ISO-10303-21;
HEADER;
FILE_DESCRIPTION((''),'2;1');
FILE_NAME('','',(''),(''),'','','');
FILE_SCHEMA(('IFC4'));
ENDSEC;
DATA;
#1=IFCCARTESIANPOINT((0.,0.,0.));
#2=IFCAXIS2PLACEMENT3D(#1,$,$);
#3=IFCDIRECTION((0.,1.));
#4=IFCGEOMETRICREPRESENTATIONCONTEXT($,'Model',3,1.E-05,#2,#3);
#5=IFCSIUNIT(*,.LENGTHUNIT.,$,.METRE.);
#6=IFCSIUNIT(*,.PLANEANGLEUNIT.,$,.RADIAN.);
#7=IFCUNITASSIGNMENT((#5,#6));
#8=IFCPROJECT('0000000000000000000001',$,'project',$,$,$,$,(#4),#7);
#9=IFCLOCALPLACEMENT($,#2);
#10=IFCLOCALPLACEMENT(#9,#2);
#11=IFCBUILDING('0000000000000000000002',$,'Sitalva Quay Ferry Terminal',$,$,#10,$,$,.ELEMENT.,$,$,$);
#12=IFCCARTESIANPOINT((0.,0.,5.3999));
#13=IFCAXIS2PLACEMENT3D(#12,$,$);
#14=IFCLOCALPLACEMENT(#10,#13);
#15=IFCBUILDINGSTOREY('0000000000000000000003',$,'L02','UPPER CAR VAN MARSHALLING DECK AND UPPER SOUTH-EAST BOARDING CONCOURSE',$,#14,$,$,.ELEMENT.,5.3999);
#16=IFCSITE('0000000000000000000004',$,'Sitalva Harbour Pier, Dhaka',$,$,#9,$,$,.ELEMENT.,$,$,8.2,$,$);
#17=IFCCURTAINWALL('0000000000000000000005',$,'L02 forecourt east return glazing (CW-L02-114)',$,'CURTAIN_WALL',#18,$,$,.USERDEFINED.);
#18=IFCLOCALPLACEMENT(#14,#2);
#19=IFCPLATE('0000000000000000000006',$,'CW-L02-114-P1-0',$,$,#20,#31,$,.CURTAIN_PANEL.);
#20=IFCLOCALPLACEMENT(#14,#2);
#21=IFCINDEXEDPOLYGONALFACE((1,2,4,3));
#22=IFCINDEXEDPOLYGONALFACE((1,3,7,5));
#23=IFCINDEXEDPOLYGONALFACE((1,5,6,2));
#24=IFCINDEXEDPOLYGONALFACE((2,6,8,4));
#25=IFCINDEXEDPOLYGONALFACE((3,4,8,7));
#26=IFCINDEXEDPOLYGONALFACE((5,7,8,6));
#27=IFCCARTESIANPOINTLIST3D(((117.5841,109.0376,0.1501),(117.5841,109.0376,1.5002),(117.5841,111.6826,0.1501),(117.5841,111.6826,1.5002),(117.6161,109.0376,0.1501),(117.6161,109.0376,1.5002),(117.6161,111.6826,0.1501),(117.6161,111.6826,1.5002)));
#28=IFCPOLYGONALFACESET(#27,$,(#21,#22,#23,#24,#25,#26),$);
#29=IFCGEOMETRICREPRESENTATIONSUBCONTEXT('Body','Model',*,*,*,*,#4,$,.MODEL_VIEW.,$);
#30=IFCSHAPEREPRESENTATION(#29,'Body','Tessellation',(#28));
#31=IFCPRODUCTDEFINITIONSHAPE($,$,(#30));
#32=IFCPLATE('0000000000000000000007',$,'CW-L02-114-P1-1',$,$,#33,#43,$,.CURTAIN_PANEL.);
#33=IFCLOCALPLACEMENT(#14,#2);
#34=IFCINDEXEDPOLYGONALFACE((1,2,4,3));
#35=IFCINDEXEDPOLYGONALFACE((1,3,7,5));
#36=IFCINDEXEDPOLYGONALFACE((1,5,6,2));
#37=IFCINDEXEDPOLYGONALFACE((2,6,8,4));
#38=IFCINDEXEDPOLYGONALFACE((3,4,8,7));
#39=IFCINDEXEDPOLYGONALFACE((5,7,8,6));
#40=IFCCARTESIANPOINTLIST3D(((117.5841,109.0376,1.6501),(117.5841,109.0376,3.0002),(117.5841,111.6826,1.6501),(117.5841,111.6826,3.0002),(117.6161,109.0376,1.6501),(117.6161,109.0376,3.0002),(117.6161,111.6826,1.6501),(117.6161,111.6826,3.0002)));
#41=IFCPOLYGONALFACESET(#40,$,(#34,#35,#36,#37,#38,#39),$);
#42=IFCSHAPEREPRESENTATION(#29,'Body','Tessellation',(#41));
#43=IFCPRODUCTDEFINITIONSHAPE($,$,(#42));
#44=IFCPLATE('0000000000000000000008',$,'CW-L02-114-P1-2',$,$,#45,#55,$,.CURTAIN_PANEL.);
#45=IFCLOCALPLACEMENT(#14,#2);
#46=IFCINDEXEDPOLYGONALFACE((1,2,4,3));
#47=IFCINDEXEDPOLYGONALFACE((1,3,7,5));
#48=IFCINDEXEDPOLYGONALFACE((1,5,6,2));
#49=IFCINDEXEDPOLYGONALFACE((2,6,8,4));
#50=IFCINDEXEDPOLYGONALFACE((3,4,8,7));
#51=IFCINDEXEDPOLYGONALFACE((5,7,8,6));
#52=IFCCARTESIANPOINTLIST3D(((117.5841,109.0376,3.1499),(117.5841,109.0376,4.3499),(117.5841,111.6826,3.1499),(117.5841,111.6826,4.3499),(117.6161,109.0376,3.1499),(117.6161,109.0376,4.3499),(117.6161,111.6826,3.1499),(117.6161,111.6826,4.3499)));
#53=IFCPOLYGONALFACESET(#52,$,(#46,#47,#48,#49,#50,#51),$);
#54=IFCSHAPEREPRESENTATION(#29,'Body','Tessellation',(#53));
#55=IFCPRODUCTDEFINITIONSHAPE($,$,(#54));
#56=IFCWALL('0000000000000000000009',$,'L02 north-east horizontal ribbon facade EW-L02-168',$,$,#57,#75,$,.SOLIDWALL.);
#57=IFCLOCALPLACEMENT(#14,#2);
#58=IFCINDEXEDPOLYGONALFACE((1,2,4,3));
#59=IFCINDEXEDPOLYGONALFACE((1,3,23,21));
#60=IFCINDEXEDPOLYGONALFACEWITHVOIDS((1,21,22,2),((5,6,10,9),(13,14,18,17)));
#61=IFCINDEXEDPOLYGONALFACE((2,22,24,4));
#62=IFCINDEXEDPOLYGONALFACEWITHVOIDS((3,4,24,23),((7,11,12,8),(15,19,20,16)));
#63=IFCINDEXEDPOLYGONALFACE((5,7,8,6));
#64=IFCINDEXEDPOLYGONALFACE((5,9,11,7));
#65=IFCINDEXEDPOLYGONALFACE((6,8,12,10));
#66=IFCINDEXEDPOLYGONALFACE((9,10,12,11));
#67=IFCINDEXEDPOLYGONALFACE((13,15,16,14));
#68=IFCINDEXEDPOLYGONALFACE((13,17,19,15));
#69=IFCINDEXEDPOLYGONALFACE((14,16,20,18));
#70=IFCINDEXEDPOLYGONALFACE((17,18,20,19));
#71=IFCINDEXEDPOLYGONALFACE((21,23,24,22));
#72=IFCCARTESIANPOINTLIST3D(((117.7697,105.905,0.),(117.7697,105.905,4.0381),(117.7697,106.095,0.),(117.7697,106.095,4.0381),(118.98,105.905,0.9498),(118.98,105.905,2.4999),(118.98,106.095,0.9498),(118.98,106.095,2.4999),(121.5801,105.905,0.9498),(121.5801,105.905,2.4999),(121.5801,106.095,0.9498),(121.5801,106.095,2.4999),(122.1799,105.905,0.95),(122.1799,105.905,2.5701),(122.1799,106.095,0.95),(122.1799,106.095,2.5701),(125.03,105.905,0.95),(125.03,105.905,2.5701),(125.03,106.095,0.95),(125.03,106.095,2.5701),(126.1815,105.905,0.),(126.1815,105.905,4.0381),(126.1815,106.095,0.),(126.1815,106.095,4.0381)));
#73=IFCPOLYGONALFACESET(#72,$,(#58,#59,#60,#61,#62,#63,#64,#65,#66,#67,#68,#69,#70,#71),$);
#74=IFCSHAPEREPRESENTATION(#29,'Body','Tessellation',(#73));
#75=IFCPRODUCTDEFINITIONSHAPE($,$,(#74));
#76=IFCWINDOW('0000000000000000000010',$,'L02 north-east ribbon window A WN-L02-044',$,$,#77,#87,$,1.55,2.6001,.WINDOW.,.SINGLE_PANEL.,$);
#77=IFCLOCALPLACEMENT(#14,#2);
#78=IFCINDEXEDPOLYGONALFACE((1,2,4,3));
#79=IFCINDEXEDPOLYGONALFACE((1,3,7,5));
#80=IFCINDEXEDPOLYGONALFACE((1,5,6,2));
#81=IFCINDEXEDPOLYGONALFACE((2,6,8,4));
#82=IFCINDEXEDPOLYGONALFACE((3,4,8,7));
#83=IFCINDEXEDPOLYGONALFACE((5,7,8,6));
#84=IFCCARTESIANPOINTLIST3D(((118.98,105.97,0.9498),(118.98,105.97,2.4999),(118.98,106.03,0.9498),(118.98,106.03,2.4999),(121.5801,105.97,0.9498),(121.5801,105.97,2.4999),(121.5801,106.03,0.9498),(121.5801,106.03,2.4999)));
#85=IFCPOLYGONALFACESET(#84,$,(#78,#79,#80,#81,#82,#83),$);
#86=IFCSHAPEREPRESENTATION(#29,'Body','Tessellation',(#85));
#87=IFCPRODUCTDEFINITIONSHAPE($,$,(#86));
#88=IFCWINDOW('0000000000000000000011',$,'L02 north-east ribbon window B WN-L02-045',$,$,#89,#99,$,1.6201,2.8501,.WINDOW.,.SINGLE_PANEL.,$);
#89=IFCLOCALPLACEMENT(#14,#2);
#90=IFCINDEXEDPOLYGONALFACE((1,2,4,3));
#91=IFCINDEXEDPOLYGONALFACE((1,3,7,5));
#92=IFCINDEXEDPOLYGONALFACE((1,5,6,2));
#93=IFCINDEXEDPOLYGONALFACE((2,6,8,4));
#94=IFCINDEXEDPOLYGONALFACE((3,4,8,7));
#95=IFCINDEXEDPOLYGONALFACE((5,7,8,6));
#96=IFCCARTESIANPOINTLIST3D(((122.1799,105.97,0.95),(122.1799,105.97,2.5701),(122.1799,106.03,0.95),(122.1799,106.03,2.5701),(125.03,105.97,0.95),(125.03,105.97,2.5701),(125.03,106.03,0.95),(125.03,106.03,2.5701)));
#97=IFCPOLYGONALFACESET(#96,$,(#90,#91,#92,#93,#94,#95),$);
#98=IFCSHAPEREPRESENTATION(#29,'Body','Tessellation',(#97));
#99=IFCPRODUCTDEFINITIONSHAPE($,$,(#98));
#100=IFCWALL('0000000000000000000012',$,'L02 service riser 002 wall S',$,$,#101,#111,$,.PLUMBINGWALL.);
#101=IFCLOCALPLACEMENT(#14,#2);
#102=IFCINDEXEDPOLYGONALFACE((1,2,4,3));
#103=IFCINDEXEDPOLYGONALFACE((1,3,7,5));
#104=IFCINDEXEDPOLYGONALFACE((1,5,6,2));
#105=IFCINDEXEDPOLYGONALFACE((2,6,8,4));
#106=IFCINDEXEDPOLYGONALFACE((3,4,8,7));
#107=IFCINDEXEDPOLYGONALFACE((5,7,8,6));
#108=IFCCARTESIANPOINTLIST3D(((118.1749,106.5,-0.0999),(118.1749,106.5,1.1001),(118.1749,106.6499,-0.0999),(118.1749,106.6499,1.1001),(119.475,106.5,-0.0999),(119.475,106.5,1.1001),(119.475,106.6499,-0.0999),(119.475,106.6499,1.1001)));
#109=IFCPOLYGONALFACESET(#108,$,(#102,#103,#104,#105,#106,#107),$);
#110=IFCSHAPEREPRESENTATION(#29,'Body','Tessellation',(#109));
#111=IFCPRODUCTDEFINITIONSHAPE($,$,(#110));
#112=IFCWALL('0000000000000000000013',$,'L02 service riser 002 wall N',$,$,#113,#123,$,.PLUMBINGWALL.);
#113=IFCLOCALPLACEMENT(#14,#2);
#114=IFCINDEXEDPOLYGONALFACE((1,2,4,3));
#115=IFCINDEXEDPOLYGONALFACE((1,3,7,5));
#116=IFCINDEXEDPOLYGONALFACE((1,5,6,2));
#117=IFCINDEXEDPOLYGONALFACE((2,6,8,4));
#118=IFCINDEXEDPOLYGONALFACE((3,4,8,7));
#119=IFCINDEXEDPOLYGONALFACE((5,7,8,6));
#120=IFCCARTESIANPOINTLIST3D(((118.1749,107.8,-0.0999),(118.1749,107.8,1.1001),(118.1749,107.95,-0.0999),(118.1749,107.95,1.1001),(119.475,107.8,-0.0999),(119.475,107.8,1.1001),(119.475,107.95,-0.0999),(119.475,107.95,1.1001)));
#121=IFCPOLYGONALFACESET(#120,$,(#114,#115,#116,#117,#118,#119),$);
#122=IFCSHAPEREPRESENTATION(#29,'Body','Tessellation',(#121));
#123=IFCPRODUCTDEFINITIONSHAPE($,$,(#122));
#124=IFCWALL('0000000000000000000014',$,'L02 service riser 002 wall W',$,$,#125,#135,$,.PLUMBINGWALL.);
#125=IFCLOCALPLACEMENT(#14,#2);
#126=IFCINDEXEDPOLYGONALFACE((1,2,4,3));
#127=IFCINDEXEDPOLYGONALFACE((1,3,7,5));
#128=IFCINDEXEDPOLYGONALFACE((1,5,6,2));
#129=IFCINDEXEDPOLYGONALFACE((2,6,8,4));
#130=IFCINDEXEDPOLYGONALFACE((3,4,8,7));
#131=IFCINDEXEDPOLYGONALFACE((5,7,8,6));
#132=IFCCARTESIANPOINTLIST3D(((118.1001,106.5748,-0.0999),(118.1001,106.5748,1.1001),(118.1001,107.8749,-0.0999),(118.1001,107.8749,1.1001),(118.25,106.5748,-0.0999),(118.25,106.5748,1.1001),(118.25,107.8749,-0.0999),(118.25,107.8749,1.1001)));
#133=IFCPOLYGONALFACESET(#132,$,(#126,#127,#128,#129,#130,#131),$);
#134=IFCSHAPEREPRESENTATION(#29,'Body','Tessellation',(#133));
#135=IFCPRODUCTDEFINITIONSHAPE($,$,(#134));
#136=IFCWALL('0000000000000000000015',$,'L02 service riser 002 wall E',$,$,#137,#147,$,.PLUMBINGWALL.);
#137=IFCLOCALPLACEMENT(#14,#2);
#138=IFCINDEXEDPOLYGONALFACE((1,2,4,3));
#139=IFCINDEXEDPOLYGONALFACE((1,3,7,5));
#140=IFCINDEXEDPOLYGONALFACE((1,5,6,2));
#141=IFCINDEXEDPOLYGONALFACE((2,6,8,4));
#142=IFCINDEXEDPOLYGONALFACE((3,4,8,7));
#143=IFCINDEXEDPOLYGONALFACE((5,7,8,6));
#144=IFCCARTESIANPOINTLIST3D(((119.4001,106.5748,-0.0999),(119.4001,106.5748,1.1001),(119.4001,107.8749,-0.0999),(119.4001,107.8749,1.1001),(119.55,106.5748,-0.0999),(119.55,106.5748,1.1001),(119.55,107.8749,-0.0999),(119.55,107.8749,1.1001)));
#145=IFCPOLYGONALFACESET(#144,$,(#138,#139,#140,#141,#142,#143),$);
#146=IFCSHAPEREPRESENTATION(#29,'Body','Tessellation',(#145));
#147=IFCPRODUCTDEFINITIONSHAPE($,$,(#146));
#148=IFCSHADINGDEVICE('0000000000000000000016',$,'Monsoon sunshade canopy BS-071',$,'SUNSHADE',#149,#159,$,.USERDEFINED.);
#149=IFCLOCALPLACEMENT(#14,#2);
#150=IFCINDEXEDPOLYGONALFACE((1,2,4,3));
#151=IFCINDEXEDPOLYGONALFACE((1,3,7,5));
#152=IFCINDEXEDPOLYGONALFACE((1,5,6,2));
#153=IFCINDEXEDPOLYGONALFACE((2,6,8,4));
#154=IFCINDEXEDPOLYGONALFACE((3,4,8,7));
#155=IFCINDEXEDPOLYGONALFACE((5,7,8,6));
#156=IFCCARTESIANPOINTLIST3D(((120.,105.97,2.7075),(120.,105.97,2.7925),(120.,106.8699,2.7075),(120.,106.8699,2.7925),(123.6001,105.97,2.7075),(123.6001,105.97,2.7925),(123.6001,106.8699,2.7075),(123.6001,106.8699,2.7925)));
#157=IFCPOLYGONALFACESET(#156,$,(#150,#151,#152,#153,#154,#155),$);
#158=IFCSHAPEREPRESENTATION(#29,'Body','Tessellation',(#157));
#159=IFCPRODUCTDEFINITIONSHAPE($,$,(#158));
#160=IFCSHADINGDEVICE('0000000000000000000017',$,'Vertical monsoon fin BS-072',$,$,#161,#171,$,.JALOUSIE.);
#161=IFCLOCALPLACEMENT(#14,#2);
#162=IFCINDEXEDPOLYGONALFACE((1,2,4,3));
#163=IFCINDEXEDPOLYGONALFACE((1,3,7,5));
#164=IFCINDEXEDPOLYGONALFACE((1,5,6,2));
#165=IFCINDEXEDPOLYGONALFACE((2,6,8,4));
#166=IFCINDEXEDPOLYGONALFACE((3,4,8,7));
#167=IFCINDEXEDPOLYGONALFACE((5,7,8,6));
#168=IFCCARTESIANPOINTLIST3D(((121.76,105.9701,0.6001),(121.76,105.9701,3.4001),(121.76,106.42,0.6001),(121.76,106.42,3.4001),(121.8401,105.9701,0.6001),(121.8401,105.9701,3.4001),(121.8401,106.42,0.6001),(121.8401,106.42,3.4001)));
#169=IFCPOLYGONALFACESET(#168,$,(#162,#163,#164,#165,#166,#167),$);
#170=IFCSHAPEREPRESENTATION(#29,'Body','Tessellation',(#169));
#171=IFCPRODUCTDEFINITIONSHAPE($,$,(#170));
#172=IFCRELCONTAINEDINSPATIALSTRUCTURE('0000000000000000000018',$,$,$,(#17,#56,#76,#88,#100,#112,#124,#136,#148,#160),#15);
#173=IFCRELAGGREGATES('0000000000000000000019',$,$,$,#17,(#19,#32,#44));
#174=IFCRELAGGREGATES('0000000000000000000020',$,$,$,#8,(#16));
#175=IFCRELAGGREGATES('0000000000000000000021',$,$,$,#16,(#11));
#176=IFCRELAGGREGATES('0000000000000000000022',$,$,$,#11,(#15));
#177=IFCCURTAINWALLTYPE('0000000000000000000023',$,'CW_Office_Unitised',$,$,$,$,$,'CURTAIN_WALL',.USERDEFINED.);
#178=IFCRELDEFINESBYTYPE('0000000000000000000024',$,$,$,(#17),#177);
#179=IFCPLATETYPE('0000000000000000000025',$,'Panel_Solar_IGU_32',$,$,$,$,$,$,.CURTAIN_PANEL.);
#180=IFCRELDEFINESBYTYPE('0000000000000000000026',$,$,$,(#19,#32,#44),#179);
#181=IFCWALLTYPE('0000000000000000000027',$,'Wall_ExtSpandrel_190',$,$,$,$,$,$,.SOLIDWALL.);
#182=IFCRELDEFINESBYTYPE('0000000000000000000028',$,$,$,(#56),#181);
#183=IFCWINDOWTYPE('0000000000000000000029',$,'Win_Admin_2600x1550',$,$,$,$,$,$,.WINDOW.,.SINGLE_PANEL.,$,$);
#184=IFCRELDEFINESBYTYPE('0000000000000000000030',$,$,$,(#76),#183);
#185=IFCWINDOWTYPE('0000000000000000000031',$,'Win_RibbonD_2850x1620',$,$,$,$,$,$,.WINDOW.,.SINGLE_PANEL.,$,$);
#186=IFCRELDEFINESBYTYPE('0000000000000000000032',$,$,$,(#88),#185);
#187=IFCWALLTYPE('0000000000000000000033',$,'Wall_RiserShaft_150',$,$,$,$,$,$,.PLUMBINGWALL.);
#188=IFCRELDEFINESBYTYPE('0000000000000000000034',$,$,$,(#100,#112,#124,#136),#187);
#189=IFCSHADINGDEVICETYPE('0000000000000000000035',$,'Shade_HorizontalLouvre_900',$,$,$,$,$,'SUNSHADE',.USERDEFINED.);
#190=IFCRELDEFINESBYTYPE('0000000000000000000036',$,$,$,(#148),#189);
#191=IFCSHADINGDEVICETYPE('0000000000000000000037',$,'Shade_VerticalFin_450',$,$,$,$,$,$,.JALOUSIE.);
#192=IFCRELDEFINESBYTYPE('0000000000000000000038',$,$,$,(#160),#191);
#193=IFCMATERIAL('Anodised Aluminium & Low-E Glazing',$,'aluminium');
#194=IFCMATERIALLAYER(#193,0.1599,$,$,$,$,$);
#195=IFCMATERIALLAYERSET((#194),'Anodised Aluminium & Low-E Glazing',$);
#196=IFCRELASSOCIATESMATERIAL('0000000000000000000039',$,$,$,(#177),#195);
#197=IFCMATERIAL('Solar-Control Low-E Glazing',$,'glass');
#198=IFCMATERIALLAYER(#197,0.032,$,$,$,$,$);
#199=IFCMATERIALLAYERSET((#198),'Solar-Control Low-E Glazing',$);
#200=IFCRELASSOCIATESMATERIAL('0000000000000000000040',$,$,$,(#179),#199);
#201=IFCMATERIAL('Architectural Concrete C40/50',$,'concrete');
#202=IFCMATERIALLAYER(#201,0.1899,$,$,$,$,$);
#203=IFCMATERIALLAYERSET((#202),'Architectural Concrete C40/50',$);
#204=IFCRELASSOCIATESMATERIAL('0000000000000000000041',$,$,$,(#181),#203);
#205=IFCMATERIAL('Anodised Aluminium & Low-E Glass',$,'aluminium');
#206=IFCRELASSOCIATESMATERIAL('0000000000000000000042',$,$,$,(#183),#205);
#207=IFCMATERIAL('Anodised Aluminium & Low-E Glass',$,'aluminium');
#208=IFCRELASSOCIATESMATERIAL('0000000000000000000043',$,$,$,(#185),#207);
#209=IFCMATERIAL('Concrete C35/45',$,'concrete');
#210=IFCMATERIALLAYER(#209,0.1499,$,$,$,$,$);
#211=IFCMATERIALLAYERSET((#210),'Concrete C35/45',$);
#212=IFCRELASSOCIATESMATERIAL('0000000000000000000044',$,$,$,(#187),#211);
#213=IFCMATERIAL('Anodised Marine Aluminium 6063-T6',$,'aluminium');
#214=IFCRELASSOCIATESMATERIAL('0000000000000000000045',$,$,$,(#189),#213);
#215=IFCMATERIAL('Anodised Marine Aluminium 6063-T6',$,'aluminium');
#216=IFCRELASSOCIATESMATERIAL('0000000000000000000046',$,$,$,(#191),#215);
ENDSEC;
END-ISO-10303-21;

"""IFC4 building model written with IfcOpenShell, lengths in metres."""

from ifc_helpers import new_model, si_unit, direction, frame, frame_2d, origin, origin_2d, place, context, subcontext, project, spatial, rectangle, extrude, material, layer, layer_set, type_object, element, fill, aggregate, save


model = new_model("IFC4")

# Units and contexts
model_context = context("Model", 3, precision=1e-05, world=origin(), true_north=direction((0.0, 1.0)))
body_context = subcontext(model_context, "Body", "Model", "MODEL_VIEW")
ifc_project = project(units=[si_unit("LENGTHUNIT", "METRE"), si_unit("PLANEANGLEUNIT", "RADIAN")], contexts=[model_context])

# Site, building, storey
site_placement = place(None, origin())
site = spatial("IfcSite", under=ifc_project, at=site_placement, Name="Sitalva Harbour Pier, Dhaka", CompositionType="ELEMENT", RefElevation=8.2)
building_placement = place(site_placement, origin())
building = spatial("IfcBuilding", under=site, at=building_placement, Name="Sitalva Quay Ferry Terminal", CompositionType="ELEMENT")
storey_placement = place(building_placement, frame((0.0, 0.0, 5.3999)))
storey = spatial("IfcBuildingStorey", under=building, at=storey_placement, Name="L02", Description="UPPER CAR VAN MARSHALLING DECK AND UPPER SOUTH-EAST BOARDING CONCOURSE", CompositionType="ELEMENT", Elevation=5.3999)

# Curtain wall, plates
ifc_material_1 = material(Name="Anodised Aluminium & Low-E Glazing", Category="aluminium")
ifc_layer_1 = layer(ifc_material_1, 0.1599)
ifc_layer_set_1 = layer_set([ifc_layer_1], Name="Anodised Aluminium & Low-E Glazing")
curtain_wall_type = type_object("IfcCurtainWallType", Name="CW_Office_Unitised", ElementType="CURTAIN_WALL", PredefinedType="USERDEFINED", material=ifc_layer_set_1)
curtain_wall_placement = place(storey_placement, origin())
curtain_wall = element("IfcCurtainWall", 1, at=curtain_wall_placement, inside=storey, type_object=curtain_wall_type, Name="L02 forecourt east return glazing (CW-L02-114)", ObjectType="CURTAIN_WALL", PredefinedType="USERDEFINED")
ifc_material_2 = material(Name="Solar-Control Low-E Glazing", Category="glass")
ifc_layer_2 = layer(ifc_material_2, 0.032)
ifc_layer_set_2 = layer_set([ifc_layer_2], Name="Solar-Control Low-E Glazing")
plate_type = type_object("IfcPlateType", Name="Panel_Solar_IGU_32", PredefinedType="CURTAIN_PANEL", material=ifc_layer_set_2)
plate_1_placement = place(storey_placement, frame((117.6001, 110.3601, 0.1501), z_axis=(0.0, 0.0, 1.0), x_axis=(0.0, 1.0, 0.0)))
plate_1 = element("IfcPlate", 2, at=plate_1_placement, type_object=plate_type, Name="CW-L02-114-P1-0", PredefinedType="CURTAIN_PANEL", context=body_context, shape_type="SweptSolid", body=[
    extrude(rectangle(XDim=2.645, YDim=0.032, at=origin_2d()), origin(), (0.0, 0.0, 1.0), 1.3501),
])
plate_2_placement = place(storey_placement, frame((117.6001, 110.3601, 1.6501), z_axis=(0.0, 0.0, 1.0), x_axis=(0.0, 1.0, 0.0)))
plate_2 = element("IfcPlate", 3, at=plate_2_placement, type_object=plate_type, Name="CW-L02-114-P1-1", PredefinedType="CURTAIN_PANEL", context=body_context, shape_type="SweptSolid", body=[
    extrude(rectangle(XDim=2.645, YDim=0.032, at=origin_2d()), origin(), (0.0, 0.0, 1.0), 1.3501),
])
plate_3_placement = place(storey_placement, frame((117.6001, 110.3601, 3.1499), z_axis=(0.0, 0.0, 1.0), x_axis=(0.0, 1.0, 0.0)))
plate_3 = element("IfcPlate", 4, at=plate_3_placement, type_object=plate_type, Name="CW-L02-114-P1-2", PredefinedType="CURTAIN_PANEL", context=body_context, shape_type="SweptSolid", body=[
    extrude(rectangle(XDim=2.645, YDim=0.032, at=origin_2d()), origin(), (0.0, 0.0, 1.0), 1.2),
])
aggregate(curtain_wall, [plate_1, plate_2, plate_3])

# Wall, openings, windows
ifc_material_3 = material(Name="Architectural Concrete C40/50", Category="concrete")
ifc_layer_3 = layer(ifc_material_3, 0.1899)
ifc_layer_set_3 = layer_set([ifc_layer_3], Name="Architectural Concrete C40/50")
wall_type_1 = type_object("IfcWallType", Name="Wall_ExtSpandrel_190", PredefinedType="SOLIDWALL", material=ifc_layer_set_3)
wall_placement = place(storey_placement, frame((117.7695, 106.0, 0.0), z_axis=(0.0, 0.0, 1.0), x_axis=(1.0, 0.0, 0.0)))
wall = element("IfcWall", 5, at=wall_placement, inside=storey, type_object=wall_type_1, Name="L02 north-east horizontal ribbon facade EW-L02-168", PredefinedType="SOLIDWALL", context=body_context, shape_type="SweptSolid", body=[
    extrude(rectangle(XDim=8.4119, YDim=0.1899, at=frame_2d((4.2061, 0.0))), origin(), (0.0, 0.0, 1.0), 4.0381),
])
opening_1_placement = place(wall_placement, frame((1.2104, 0.0, 0.95)))
opening_1 = element("IfcOpeningElement", 6, at=opening_1_placement, cuts=wall, PredefinedType="OPENING", context=body_context, shape_type="SweptSolid", body=[
    extrude(rectangle(XDim=2.6001, YDim=1.55, at=frame_2d((1.3, 0.7749))), frame((0.0, 0.105, 0.0), z_axis=(0.0, -1.0, 0.0), x_axis=(1.0, 0.0, 0.0)), (0.0, 0.0, 1.0), 0.21),
])
opening_2_placement = place(wall_placement, frame((4.4104, 0.0, 0.95)))
opening_2 = element("IfcOpeningElement", 7, at=opening_2_placement, cuts=wall, PredefinedType="OPENING", context=body_context, shape_type="SweptSolid", body=[
    extrude(rectangle(XDim=2.8501, YDim=1.6201, at=frame_2d((1.425, 0.8101))), frame((0.0, 0.105, 0.0), z_axis=(0.0, -1.0, 0.0), x_axis=(1.0, 0.0, 0.0)), (0.0, 0.0, 1.0), 0.21),
])
ifc_material_4 = material(Name="Anodised Aluminium & Low-E Glass", Category="aluminium")
window_type_1 = type_object("IfcWindowType", Name="Win_Admin_2600x1550", PartitioningType="SINGLE_PANEL", PredefinedType="WINDOW", material=ifc_material_4)
window_1_placement = place(opening_1_placement, origin())
window_1 = element("IfcWindow", 8, at=window_1_placement, inside=storey, type_object=window_type_1, Name="L02 north-east ribbon window A WN-L02-044", OverallHeight=1.55, OverallWidth=2.6001, PartitioningType="SINGLE_PANEL", PredefinedType="WINDOW", context=body_context, shape_type="SweptSolid", body=[
    extrude(rectangle(XDim=2.6001, YDim=1.55, at=frame_2d((1.3, 0.7749))), frame((0.0, 0.03, 0.0), z_axis=(0.0, -1.0, 0.0), x_axis=(1.0, 0.0, 0.0)), (0.0, 0.0, 1.0), 0.0601),
])
fill(opening_1, window_1)
ifc_material_5 = material(Name="Anodised Aluminium & Low-E Glass", Category="aluminium")
window_type_2 = type_object("IfcWindowType", Name="Win_RibbonD_2850x1620", PartitioningType="SINGLE_PANEL", PredefinedType="WINDOW", material=ifc_material_5)
window_2_placement = place(opening_2_placement, origin())
window_2 = element("IfcWindow", 9, at=window_2_placement, inside=storey, type_object=window_type_2, Name="L02 north-east ribbon window B WN-L02-045", OverallHeight=1.6201, OverallWidth=2.8501, PartitioningType="SINGLE_PANEL", PredefinedType="WINDOW", context=body_context, shape_type="SweptSolid", body=[
    extrude(rectangle(XDim=2.8501, YDim=1.6201, at=frame_2d((1.425, 0.8101))), frame((0.0, 0.03, 0.0), z_axis=(0.0, -1.0, 0.0), x_axis=(1.0, 0.0, 0.0)), (0.0, 0.0, 1.0), 0.0601),
])
fill(opening_2, window_2)

# Walls
ifc_material_6 = material(Name="Concrete C35/45", Category="concrete")
ifc_layer_4 = layer(ifc_material_6, 0.1499)
ifc_layer_set_4 = layer_set([ifc_layer_4], Name="Concrete C35/45")
wall_type_2 = type_object("IfcWallType", Name="Wall_RiserShaft_150", PredefinedType="PLUMBINGWALL", material=ifc_layer_set_4)
for number, where, z_axis, x_axis, name in (
    (10, (118.175, 106.575, -0.0999), (0.0, 0.0, 1.0), (1.0, 0.0, 0.0), "L02 service riser 002 wall S"),
    (11, (118.175, 107.875, -0.0999), (0.0, 0.0, 1.0), (1.0, 0.0, 0.0), "L02 service riser 002 wall N"),
    (12, (118.175, 106.575, -0.0999), (0.0, 0.0, 1.0), (0.0, 1.0, 0.0), "L02 service riser 002 wall W"),
    (13, (119.4751, 106.575, -0.0999), (0.0, 0.0, 1.0), (0.0, 1.0, 0.0), "L02 service riser 002 wall E"),
):
    element("IfcWall", number, at=place(storey_placement, frame(where, z_axis=z_axis, x_axis=x_axis)), inside=storey, type_object=wall_type_2, Name=name, PredefinedType="PLUMBINGWALL", context=body_context, shape_type="SweptSolid", body=[
        extrude(rectangle(XDim=1.3, YDim=0.1499, at=frame_2d((0.6499, 0.0))), origin(), (0.0, 0.0, 1.0), 1.2),
    ])

# Shading devices
ifc_material_7 = material(Name="Anodised Marine Aluminium 6063-T6", Category="aluminium")
shading_device_type_1 = type_object("IfcShadingDeviceType", Name="Shade_HorizontalLouvre_900", ElementType="SUNSHADE", PredefinedType="USERDEFINED", material=ifc_material_7)
shading_device_1_placement = place(storey_placement, frame((121.8, 106.4199, 2.7075), z_axis=(0.0, 0.0, 1.0), x_axis=(1.0, 0.0, 0.0)))
element("IfcShadingDevice", 14, at=shading_device_1_placement, inside=storey, type_object=shading_device_type_1, Name="Monsoon sunshade canopy BS-071", ObjectType="SUNSHADE", PredefinedType="USERDEFINED", context=body_context, shape_type="SweptSolid", body=[
    extrude(rectangle(XDim=3.6001, YDim=0.8999, at=origin_2d()), origin(), (0.0, 0.0, 1.0), 0.085),
])
ifc_material_8 = material(Name="Anodised Marine Aluminium 6063-T6", Category="aluminium")
shading_device_type_2 = type_object("IfcShadingDeviceType", Name="Shade_VerticalFin_450", PredefinedType="JALOUSIE", material=ifc_material_8)
shading_device_2_placement = place(storey_placement, frame((121.8, 106.1951, 0.6001), z_axis=(0.0, 0.0, 1.0), x_axis=(1.0, 0.0, 0.0)))
element("IfcShadingDevice", 15, at=shading_device_2_placement, inside=storey, type_object=shading_device_type_2, Name="Vertical monsoon fin BS-072", PredefinedType="JALOUSIE", context=body_context, shape_type="SweptSolid", body=[
    extrude(rectangle(XDim=0.0801, YDim=0.45, at=origin_2d()), origin(), (0.0, 0.0, 1.0), 2.8),
])

save(model, "model.ifc")
